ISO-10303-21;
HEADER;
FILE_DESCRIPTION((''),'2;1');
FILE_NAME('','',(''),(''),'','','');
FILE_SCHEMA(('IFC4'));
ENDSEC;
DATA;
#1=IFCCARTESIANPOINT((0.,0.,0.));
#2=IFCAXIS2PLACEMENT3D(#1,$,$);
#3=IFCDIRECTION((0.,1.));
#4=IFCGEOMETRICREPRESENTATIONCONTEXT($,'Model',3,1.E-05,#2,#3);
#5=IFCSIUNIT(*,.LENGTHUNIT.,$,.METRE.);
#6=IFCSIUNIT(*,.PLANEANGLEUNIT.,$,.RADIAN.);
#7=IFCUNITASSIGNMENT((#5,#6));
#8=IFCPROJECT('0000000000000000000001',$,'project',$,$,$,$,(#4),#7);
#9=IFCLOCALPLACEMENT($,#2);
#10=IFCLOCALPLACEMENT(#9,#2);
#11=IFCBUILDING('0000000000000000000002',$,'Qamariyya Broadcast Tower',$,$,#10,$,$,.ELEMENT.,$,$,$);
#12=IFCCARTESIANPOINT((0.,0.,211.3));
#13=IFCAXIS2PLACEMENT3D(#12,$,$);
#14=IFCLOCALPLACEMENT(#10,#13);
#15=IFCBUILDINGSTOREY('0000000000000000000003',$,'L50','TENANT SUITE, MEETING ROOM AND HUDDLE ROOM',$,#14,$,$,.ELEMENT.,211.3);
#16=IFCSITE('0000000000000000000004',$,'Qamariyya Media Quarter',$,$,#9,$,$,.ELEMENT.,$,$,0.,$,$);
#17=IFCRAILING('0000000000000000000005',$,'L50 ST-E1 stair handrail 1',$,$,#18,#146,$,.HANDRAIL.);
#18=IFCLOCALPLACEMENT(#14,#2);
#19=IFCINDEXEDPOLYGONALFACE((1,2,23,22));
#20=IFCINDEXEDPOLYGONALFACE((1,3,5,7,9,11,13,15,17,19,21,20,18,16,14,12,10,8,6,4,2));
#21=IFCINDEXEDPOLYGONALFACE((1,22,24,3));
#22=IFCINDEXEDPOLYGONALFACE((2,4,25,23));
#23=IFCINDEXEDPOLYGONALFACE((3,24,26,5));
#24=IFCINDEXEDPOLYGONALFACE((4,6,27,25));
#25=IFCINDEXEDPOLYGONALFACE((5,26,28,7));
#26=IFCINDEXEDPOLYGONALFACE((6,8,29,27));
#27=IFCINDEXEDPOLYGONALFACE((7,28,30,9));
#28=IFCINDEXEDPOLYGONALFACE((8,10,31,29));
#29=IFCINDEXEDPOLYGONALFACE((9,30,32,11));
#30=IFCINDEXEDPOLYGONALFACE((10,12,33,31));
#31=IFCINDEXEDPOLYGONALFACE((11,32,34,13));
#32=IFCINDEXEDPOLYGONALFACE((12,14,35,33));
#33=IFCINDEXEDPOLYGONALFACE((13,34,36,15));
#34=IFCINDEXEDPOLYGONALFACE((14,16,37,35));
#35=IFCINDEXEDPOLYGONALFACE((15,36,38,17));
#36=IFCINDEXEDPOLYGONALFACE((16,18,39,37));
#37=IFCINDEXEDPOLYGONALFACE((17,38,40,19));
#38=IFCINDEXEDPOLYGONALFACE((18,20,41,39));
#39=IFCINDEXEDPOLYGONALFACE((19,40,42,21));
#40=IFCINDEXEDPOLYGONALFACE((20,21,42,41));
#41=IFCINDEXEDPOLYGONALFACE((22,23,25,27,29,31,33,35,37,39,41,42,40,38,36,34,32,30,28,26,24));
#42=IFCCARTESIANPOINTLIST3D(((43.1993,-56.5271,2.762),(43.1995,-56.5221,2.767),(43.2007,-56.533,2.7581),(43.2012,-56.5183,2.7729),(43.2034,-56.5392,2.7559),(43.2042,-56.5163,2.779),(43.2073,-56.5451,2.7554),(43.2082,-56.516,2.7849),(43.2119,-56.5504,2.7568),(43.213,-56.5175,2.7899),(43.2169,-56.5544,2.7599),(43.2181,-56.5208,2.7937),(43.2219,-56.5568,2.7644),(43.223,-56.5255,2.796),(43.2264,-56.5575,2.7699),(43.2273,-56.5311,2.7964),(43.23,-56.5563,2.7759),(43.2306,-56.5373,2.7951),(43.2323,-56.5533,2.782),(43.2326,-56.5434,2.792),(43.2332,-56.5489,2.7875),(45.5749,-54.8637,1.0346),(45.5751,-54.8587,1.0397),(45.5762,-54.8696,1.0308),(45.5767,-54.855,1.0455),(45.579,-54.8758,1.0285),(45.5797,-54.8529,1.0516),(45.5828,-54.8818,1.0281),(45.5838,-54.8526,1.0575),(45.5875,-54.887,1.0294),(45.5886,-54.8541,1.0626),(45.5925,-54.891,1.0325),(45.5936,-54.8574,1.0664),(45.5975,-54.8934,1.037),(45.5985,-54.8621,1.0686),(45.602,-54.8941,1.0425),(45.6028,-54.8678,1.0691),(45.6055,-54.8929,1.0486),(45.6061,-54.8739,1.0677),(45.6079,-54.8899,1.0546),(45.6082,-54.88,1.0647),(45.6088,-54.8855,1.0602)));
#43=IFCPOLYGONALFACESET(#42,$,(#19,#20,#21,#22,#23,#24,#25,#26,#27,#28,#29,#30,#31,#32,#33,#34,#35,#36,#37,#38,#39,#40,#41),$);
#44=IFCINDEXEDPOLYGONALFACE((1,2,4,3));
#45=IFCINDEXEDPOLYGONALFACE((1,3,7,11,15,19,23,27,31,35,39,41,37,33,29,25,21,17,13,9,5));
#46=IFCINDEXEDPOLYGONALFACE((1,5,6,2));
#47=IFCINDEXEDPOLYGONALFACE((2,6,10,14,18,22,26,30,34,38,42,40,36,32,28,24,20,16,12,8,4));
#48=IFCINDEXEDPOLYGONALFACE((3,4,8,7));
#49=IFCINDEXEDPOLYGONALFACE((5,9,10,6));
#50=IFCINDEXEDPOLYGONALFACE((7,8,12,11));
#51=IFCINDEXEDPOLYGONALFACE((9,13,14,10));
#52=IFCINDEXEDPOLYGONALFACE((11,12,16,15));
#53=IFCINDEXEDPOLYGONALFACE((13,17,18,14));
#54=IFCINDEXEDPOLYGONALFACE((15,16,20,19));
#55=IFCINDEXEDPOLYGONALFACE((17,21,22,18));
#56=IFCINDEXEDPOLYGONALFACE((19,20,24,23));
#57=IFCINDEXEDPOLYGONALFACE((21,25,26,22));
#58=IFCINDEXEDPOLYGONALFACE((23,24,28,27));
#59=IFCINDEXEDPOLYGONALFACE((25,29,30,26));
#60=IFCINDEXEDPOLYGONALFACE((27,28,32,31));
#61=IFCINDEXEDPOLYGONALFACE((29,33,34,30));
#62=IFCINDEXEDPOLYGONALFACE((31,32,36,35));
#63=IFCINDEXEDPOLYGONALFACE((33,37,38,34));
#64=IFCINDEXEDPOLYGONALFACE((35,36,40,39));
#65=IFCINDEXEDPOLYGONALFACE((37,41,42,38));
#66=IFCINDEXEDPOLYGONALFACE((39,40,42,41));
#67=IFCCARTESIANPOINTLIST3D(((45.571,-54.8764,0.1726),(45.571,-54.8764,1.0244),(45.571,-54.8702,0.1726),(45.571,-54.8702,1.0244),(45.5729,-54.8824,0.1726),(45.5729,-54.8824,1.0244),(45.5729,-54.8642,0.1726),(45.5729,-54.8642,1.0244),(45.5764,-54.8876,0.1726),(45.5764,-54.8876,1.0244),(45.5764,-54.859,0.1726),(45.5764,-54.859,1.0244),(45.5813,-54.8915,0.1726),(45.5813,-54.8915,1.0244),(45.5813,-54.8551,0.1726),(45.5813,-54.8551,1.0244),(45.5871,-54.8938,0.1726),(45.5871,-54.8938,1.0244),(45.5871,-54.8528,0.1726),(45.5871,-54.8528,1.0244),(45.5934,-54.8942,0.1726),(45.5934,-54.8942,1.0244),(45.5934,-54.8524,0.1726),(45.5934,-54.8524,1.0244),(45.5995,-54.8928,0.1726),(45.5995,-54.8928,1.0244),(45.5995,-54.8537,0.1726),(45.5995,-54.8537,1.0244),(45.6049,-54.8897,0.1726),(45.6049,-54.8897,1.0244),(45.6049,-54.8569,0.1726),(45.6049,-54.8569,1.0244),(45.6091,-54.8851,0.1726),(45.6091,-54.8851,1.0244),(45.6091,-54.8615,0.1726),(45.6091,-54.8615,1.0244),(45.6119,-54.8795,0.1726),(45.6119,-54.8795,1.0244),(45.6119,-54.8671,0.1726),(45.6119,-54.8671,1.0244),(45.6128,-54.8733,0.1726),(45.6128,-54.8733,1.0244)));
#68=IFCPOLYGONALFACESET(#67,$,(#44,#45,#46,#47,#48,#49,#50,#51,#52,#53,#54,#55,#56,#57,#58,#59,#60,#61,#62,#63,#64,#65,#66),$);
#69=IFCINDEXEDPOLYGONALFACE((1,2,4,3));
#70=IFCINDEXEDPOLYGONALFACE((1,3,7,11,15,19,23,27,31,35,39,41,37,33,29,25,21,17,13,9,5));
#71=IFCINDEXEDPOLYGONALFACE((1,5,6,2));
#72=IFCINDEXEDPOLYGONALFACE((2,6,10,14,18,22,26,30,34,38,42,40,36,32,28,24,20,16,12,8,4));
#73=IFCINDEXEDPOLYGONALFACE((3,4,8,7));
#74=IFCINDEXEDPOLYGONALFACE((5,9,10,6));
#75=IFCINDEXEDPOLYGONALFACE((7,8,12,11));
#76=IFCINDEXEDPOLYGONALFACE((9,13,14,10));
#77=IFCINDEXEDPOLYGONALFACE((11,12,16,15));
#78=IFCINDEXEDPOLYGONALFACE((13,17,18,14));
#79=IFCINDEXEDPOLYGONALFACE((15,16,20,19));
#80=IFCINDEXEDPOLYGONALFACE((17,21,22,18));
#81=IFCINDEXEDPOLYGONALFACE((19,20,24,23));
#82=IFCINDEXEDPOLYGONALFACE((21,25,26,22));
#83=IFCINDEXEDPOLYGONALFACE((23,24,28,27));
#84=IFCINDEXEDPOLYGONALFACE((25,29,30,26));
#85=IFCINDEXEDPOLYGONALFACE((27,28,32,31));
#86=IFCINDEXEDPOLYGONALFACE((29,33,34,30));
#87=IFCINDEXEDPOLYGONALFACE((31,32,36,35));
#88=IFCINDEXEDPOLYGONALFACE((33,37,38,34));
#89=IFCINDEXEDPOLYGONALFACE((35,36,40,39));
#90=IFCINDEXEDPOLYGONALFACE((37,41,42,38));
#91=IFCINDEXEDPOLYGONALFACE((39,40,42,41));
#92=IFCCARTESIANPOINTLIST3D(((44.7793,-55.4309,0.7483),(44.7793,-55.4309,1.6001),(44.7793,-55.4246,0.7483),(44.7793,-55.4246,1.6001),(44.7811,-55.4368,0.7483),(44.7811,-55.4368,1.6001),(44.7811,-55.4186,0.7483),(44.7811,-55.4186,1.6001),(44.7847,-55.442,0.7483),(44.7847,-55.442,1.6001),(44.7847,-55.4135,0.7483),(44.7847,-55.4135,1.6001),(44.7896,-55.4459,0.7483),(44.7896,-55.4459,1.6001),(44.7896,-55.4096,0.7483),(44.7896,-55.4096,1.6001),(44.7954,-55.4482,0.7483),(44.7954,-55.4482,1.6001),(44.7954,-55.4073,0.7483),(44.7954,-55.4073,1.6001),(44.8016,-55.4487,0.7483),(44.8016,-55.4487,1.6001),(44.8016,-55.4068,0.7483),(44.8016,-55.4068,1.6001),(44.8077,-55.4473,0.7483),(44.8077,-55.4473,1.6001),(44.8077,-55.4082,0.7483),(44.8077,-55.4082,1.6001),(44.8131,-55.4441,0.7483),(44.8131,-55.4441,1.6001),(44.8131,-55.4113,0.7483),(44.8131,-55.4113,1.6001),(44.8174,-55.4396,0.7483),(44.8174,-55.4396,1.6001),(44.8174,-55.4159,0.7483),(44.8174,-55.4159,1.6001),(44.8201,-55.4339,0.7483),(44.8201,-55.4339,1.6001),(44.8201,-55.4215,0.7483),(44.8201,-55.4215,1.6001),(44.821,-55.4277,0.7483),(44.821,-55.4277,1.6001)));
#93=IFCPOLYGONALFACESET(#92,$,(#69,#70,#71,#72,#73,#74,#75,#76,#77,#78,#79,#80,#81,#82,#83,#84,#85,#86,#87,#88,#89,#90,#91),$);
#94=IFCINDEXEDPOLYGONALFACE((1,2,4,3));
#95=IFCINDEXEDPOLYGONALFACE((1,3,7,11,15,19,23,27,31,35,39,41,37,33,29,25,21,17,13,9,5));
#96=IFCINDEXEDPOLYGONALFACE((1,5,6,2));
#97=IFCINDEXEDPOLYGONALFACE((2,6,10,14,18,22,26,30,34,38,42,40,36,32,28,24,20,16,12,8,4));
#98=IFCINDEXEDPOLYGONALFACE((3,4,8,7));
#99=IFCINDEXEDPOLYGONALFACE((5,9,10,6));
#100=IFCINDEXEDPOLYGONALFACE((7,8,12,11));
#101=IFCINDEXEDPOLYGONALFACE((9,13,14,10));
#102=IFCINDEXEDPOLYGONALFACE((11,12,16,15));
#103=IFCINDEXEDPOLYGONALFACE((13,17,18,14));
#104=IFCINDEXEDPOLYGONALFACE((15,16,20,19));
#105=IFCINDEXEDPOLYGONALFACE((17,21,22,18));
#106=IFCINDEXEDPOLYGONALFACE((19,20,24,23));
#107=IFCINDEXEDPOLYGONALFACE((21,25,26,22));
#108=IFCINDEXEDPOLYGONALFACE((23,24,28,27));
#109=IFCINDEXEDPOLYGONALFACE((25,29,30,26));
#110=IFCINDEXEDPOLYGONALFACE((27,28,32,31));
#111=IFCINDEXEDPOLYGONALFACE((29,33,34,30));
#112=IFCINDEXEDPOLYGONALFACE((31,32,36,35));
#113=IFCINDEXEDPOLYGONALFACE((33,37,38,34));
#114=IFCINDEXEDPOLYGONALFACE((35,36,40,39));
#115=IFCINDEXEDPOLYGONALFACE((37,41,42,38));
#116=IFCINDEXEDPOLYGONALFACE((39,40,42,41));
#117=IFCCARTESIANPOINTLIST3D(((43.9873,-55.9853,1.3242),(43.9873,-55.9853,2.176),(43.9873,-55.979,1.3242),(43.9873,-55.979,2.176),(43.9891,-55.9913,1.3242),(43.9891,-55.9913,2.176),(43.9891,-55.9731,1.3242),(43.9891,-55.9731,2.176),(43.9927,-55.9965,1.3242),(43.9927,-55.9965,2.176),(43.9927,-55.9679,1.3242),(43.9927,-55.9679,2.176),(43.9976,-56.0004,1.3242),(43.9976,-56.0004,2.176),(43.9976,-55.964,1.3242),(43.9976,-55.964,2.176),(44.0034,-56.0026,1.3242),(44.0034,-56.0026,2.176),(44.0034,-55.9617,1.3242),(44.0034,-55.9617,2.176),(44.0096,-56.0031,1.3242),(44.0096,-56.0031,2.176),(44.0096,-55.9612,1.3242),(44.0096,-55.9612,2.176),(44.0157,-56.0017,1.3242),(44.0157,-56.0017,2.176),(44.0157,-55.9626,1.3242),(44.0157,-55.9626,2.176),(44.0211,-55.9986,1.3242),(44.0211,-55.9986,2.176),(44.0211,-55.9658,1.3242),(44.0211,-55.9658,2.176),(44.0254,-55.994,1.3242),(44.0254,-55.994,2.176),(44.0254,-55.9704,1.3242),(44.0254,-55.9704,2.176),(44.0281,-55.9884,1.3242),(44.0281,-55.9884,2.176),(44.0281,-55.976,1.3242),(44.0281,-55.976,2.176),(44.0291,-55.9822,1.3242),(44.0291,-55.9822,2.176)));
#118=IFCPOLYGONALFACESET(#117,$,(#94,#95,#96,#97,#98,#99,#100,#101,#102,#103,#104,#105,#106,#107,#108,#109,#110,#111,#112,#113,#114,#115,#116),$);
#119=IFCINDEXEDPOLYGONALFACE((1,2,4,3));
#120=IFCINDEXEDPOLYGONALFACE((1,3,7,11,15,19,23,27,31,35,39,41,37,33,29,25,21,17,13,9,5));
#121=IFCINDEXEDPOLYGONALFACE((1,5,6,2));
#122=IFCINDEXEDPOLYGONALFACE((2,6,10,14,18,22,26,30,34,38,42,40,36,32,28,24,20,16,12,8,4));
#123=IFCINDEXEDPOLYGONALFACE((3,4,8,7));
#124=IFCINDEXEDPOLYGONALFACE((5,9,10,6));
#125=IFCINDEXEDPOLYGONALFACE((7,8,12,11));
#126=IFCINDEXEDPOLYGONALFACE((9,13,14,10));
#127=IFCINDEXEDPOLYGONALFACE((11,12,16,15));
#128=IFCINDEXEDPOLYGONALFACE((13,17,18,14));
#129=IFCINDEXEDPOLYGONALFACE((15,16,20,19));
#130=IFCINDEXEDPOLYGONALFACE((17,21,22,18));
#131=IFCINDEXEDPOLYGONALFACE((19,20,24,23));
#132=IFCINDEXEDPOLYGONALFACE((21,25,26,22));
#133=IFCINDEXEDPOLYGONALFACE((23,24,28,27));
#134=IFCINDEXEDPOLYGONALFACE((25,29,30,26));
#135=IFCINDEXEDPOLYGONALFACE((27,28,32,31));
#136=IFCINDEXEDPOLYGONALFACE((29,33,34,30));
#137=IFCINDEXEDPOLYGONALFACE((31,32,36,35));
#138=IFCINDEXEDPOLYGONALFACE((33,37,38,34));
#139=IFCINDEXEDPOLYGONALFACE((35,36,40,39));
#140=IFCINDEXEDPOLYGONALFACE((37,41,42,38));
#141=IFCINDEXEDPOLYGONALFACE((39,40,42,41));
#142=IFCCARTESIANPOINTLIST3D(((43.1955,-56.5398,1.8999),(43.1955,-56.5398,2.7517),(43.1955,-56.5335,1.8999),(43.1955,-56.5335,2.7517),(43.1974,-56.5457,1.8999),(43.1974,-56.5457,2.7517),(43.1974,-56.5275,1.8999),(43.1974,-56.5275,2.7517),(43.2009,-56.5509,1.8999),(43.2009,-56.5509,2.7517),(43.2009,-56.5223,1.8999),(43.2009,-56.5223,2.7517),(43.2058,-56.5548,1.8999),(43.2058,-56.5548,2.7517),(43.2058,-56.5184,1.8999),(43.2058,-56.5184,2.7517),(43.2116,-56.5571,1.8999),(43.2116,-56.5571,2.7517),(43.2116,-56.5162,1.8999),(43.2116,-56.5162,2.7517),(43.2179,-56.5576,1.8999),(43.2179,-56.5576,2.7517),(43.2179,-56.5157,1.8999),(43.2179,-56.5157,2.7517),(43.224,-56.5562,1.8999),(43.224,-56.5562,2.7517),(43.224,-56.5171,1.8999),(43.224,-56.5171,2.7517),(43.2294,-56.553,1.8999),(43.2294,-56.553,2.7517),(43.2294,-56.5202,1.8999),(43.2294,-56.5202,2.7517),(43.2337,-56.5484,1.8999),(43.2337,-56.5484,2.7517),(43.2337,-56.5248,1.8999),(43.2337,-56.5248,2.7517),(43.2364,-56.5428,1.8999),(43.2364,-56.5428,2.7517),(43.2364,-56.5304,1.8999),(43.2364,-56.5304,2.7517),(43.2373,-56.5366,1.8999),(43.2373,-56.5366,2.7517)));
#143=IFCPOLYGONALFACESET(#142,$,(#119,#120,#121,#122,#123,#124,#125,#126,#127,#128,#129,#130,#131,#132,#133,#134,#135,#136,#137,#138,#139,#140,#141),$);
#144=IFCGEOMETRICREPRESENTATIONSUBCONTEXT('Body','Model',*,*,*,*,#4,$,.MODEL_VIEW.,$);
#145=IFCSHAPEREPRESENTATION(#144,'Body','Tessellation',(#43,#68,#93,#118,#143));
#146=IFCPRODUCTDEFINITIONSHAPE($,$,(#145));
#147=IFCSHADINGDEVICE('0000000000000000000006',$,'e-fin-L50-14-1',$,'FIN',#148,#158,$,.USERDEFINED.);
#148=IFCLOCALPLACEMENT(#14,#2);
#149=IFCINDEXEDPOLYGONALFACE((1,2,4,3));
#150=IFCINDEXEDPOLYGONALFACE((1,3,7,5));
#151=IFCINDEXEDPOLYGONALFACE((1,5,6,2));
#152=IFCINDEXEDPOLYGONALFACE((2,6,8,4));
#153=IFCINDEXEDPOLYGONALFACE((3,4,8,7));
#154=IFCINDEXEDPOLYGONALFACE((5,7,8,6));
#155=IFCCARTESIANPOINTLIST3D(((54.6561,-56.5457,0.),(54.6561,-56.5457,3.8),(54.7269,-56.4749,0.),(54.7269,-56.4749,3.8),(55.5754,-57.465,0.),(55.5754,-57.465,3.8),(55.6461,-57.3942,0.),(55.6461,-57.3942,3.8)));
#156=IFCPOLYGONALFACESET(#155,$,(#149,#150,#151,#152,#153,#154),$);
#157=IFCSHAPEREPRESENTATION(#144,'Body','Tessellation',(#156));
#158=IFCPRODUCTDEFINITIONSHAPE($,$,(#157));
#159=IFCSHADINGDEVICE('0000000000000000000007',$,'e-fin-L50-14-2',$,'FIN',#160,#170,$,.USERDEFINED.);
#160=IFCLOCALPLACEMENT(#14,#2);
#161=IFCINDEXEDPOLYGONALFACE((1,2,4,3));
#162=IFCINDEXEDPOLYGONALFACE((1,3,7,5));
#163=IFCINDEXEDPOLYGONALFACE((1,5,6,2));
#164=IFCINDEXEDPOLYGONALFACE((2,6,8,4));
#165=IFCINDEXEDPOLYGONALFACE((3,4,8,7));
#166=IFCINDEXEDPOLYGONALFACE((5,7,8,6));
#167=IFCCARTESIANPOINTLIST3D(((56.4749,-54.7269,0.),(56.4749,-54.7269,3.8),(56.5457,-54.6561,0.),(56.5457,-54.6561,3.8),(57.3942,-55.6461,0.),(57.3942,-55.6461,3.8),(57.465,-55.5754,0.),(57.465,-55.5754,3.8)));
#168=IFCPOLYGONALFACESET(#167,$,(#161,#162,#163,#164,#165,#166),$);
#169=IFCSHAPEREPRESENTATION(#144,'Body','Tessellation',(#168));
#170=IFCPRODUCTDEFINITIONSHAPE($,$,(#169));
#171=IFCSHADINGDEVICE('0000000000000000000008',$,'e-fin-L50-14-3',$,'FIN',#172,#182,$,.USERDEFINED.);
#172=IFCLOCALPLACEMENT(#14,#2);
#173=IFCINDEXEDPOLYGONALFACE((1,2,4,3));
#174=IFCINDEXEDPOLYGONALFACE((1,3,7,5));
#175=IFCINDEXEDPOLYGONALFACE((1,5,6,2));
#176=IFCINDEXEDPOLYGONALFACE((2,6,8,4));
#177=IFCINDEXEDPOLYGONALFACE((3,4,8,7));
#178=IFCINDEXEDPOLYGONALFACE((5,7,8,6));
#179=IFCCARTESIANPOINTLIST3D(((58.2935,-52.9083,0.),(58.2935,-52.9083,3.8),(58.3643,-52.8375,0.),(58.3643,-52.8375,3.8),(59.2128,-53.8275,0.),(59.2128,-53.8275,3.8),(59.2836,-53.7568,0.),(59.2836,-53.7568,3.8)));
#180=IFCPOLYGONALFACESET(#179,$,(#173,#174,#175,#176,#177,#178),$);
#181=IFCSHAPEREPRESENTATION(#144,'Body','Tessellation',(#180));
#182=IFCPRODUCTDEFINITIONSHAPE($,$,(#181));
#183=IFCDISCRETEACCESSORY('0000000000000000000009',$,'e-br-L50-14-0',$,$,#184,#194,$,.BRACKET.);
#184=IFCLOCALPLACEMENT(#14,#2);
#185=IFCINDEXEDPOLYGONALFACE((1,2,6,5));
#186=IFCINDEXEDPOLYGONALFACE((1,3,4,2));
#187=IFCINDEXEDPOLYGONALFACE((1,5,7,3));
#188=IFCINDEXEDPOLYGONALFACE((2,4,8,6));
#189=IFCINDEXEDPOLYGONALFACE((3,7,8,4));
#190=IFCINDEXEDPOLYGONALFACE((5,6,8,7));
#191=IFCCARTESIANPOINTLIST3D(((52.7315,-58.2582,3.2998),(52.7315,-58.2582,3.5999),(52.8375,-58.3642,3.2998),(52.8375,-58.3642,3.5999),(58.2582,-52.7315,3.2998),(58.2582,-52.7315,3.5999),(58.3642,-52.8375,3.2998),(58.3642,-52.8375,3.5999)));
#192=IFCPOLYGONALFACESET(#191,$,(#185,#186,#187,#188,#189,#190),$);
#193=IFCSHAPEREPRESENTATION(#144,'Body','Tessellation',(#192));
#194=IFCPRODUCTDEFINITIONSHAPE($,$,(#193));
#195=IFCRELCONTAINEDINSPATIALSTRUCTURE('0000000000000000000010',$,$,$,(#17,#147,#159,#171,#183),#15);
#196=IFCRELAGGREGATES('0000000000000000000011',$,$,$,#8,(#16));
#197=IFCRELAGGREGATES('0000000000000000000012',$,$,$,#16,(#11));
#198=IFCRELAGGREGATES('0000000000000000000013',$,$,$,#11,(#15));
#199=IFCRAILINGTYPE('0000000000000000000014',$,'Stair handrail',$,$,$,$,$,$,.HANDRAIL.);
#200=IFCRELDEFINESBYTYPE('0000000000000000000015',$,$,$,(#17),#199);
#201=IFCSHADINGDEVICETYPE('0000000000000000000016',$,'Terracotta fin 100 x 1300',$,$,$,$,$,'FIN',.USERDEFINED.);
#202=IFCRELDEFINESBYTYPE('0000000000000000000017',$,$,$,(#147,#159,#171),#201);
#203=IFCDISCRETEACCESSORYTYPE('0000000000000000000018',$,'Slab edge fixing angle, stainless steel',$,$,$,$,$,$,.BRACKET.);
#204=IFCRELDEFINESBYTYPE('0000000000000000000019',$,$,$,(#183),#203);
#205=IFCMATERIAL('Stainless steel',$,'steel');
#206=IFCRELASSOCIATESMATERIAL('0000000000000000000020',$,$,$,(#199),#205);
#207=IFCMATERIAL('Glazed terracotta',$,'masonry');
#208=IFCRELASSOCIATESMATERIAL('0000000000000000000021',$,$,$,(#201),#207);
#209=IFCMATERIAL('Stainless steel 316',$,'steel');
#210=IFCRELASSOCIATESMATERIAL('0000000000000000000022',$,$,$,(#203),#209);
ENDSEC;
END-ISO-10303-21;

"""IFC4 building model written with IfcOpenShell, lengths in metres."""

from ifc_helpers import new_model, si_unit, direction, frame, origin, origin_2d, place, context, subcontext, project, spatial, rectangle, circle, extrude, material, material_profile, profile_set, type_object, element, save


model = new_model("IFC4")

# Units and contexts
model_context = context("Model", 3, precision=1e-05, world=origin(), true_north=direction((0.0, 1.0)))
body_context = subcontext(model_context, "Body", "Model", "MODEL_VIEW")
ifc_project = project(units=[si_unit("LENGTHUNIT", "METRE"), si_unit("PLANEANGLEUNIT", "RADIAN")], contexts=[model_context])

# Site, building, storey
site_placement = place(None, origin())
site = spatial("IfcSite", under=ifc_project, at=site_placement, Name="Qamariyya Media Quarter", CompositionType="ELEMENT", RefElevation=0.0)
building_placement = place(site_placement, origin())
building = spatial("IfcBuilding", under=site, at=building_placement, Name="Qamariyya Broadcast Tower", CompositionType="ELEMENT")
storey_placement = place(building_placement, frame((0.0, 0.0, 211.3)))
storey = spatial("IfcBuildingStorey", under=building, at=storey_placement, Name="L50", Description="TENANT SUITE, MEETING ROOM AND HUDDLE ROOM", CompositionType="ELEMENT", Elevation=211.3)

# Railing
ifc_material_1 = material(Name="Stainless steel", Category="steel")
railing_type_1 = type_object("IfcRailingType", Name="Stair handrail", PredefinedType="HANDRAIL", material=ifc_material_1)
railing_1_placement = place(storey_placement, frame((45.5918, -54.8733, 0.1726)))
element("IfcRailing", 1, at=railing_1_placement, inside=storey, type_object=railing_type_1, Name="L50 ST-E1 stair handrail 1", PredefinedType="HANDRAIL", context=body_context, shape_type="SweptSolid", body=[
    extrude(circle(Radius=0.0239, at=origin_2d()), frame((0.0, 0.0, 0.876), z_axis=(-0.70377, -0.492784, 0.511734), x_axis=(0.573575, -0.819153, 0.0)), (0.0, 0.0, 1.0), 3.3755),
    extrude(circle(Radius=0.021, at=origin_2d()), origin(), (0.0, 0.0, 1.0), 0.8518),
    extrude(circle(Radius=0.021, at=origin_2d()), frame((-0.7917, -0.5544, 0.5757)), (0.0, 0.0, 1.0), 0.8518),
    extrude(circle(Radius=0.021, at=origin_2d()), frame((-1.5837, -1.1089, 1.1516)), (0.0, 0.0, 1.0), 0.8518),
    extrude(circle(Radius=0.021, at=origin_2d()), frame((-2.3755, -1.6633, 1.7273)), (0.0, 0.0, 1.0), 0.8518),
])

# Shading devices
ifc_material_2 = material(Name="Glazed terracotta", Category="masonry")
ifc_material_profile_1 = material_profile(ifc_material_2, rectangle(XDim=1.3, YDim=0.1001, at=origin_2d()))
ifc_profile_set_1 = profile_set([ifc_material_profile_1], Name="Glazed terracotta")
shading_device_type = type_object("IfcShadingDeviceType", Name="Terracotta fin 100 x 1300", ElementType="FIN", PredefinedType="USERDEFINED", material=ifc_profile_set_1)
for number, where, z_axis, x_axis, name in (
    (2, (55.1511, -56.97, 0.0), (0.0, 0.0, 1.0), (0.707107, -0.707107, 0.0), "e-fin-L50-14-1"),
    (3, (56.97, -55.1511, 0.0), (0.0, 0.0, 1.0), (0.707107, -0.707107, 0.0), "e-fin-L50-14-2"),
    (4, (58.7886, -53.3325, 0.0), (0.0, 0.0, 1.0), (0.707107, -0.707107, 0.0), "e-fin-L50-14-3"),
):
    element("IfcShadingDevice", number, at=place(storey_placement, frame(where, z_axis=z_axis, x_axis=x_axis)), inside=storey, type_object=shading_device_type, Name=name, ObjectType="FIN", PredefinedType="USERDEFINED", context=body_context, shape_type="SweptSolid", body=[
        extrude(rectangle(XDim=1.3, YDim=0.1001, at=origin_2d()), origin(), (0.0, 0.0, 1.0), 3.8),
    ])

# Discrete accessory
ifc_material_3 = material(Name="Stainless steel 316", Category="steel")
discrete_accessory_type = type_object("IfcDiscreteAccessoryType", Name="Slab edge fixing angle, stainless steel", PredefinedType="BRACKET", material=ifc_material_3)
discrete_accessory_placement = place(storey_placement, frame((55.5479, -55.5479, 3.2998), z_axis=(0.0, 0.0, 1.0), x_axis=(0.707107, 0.707107, 0.0)))
element("IfcDiscreteAccessory", 5, at=discrete_accessory_placement, inside=storey, type_object=discrete_accessory_type, Name="e-br-L50-14-0", PredefinedType="BRACKET", context=body_context, shape_type="SweptSolid", body=[
    extrude(rectangle(XDim=7.8159, YDim=0.1499, at=origin_2d()), origin(), (0.0, 0.0, 1.0), 0.3),
])

save(model, "model.ifc")
